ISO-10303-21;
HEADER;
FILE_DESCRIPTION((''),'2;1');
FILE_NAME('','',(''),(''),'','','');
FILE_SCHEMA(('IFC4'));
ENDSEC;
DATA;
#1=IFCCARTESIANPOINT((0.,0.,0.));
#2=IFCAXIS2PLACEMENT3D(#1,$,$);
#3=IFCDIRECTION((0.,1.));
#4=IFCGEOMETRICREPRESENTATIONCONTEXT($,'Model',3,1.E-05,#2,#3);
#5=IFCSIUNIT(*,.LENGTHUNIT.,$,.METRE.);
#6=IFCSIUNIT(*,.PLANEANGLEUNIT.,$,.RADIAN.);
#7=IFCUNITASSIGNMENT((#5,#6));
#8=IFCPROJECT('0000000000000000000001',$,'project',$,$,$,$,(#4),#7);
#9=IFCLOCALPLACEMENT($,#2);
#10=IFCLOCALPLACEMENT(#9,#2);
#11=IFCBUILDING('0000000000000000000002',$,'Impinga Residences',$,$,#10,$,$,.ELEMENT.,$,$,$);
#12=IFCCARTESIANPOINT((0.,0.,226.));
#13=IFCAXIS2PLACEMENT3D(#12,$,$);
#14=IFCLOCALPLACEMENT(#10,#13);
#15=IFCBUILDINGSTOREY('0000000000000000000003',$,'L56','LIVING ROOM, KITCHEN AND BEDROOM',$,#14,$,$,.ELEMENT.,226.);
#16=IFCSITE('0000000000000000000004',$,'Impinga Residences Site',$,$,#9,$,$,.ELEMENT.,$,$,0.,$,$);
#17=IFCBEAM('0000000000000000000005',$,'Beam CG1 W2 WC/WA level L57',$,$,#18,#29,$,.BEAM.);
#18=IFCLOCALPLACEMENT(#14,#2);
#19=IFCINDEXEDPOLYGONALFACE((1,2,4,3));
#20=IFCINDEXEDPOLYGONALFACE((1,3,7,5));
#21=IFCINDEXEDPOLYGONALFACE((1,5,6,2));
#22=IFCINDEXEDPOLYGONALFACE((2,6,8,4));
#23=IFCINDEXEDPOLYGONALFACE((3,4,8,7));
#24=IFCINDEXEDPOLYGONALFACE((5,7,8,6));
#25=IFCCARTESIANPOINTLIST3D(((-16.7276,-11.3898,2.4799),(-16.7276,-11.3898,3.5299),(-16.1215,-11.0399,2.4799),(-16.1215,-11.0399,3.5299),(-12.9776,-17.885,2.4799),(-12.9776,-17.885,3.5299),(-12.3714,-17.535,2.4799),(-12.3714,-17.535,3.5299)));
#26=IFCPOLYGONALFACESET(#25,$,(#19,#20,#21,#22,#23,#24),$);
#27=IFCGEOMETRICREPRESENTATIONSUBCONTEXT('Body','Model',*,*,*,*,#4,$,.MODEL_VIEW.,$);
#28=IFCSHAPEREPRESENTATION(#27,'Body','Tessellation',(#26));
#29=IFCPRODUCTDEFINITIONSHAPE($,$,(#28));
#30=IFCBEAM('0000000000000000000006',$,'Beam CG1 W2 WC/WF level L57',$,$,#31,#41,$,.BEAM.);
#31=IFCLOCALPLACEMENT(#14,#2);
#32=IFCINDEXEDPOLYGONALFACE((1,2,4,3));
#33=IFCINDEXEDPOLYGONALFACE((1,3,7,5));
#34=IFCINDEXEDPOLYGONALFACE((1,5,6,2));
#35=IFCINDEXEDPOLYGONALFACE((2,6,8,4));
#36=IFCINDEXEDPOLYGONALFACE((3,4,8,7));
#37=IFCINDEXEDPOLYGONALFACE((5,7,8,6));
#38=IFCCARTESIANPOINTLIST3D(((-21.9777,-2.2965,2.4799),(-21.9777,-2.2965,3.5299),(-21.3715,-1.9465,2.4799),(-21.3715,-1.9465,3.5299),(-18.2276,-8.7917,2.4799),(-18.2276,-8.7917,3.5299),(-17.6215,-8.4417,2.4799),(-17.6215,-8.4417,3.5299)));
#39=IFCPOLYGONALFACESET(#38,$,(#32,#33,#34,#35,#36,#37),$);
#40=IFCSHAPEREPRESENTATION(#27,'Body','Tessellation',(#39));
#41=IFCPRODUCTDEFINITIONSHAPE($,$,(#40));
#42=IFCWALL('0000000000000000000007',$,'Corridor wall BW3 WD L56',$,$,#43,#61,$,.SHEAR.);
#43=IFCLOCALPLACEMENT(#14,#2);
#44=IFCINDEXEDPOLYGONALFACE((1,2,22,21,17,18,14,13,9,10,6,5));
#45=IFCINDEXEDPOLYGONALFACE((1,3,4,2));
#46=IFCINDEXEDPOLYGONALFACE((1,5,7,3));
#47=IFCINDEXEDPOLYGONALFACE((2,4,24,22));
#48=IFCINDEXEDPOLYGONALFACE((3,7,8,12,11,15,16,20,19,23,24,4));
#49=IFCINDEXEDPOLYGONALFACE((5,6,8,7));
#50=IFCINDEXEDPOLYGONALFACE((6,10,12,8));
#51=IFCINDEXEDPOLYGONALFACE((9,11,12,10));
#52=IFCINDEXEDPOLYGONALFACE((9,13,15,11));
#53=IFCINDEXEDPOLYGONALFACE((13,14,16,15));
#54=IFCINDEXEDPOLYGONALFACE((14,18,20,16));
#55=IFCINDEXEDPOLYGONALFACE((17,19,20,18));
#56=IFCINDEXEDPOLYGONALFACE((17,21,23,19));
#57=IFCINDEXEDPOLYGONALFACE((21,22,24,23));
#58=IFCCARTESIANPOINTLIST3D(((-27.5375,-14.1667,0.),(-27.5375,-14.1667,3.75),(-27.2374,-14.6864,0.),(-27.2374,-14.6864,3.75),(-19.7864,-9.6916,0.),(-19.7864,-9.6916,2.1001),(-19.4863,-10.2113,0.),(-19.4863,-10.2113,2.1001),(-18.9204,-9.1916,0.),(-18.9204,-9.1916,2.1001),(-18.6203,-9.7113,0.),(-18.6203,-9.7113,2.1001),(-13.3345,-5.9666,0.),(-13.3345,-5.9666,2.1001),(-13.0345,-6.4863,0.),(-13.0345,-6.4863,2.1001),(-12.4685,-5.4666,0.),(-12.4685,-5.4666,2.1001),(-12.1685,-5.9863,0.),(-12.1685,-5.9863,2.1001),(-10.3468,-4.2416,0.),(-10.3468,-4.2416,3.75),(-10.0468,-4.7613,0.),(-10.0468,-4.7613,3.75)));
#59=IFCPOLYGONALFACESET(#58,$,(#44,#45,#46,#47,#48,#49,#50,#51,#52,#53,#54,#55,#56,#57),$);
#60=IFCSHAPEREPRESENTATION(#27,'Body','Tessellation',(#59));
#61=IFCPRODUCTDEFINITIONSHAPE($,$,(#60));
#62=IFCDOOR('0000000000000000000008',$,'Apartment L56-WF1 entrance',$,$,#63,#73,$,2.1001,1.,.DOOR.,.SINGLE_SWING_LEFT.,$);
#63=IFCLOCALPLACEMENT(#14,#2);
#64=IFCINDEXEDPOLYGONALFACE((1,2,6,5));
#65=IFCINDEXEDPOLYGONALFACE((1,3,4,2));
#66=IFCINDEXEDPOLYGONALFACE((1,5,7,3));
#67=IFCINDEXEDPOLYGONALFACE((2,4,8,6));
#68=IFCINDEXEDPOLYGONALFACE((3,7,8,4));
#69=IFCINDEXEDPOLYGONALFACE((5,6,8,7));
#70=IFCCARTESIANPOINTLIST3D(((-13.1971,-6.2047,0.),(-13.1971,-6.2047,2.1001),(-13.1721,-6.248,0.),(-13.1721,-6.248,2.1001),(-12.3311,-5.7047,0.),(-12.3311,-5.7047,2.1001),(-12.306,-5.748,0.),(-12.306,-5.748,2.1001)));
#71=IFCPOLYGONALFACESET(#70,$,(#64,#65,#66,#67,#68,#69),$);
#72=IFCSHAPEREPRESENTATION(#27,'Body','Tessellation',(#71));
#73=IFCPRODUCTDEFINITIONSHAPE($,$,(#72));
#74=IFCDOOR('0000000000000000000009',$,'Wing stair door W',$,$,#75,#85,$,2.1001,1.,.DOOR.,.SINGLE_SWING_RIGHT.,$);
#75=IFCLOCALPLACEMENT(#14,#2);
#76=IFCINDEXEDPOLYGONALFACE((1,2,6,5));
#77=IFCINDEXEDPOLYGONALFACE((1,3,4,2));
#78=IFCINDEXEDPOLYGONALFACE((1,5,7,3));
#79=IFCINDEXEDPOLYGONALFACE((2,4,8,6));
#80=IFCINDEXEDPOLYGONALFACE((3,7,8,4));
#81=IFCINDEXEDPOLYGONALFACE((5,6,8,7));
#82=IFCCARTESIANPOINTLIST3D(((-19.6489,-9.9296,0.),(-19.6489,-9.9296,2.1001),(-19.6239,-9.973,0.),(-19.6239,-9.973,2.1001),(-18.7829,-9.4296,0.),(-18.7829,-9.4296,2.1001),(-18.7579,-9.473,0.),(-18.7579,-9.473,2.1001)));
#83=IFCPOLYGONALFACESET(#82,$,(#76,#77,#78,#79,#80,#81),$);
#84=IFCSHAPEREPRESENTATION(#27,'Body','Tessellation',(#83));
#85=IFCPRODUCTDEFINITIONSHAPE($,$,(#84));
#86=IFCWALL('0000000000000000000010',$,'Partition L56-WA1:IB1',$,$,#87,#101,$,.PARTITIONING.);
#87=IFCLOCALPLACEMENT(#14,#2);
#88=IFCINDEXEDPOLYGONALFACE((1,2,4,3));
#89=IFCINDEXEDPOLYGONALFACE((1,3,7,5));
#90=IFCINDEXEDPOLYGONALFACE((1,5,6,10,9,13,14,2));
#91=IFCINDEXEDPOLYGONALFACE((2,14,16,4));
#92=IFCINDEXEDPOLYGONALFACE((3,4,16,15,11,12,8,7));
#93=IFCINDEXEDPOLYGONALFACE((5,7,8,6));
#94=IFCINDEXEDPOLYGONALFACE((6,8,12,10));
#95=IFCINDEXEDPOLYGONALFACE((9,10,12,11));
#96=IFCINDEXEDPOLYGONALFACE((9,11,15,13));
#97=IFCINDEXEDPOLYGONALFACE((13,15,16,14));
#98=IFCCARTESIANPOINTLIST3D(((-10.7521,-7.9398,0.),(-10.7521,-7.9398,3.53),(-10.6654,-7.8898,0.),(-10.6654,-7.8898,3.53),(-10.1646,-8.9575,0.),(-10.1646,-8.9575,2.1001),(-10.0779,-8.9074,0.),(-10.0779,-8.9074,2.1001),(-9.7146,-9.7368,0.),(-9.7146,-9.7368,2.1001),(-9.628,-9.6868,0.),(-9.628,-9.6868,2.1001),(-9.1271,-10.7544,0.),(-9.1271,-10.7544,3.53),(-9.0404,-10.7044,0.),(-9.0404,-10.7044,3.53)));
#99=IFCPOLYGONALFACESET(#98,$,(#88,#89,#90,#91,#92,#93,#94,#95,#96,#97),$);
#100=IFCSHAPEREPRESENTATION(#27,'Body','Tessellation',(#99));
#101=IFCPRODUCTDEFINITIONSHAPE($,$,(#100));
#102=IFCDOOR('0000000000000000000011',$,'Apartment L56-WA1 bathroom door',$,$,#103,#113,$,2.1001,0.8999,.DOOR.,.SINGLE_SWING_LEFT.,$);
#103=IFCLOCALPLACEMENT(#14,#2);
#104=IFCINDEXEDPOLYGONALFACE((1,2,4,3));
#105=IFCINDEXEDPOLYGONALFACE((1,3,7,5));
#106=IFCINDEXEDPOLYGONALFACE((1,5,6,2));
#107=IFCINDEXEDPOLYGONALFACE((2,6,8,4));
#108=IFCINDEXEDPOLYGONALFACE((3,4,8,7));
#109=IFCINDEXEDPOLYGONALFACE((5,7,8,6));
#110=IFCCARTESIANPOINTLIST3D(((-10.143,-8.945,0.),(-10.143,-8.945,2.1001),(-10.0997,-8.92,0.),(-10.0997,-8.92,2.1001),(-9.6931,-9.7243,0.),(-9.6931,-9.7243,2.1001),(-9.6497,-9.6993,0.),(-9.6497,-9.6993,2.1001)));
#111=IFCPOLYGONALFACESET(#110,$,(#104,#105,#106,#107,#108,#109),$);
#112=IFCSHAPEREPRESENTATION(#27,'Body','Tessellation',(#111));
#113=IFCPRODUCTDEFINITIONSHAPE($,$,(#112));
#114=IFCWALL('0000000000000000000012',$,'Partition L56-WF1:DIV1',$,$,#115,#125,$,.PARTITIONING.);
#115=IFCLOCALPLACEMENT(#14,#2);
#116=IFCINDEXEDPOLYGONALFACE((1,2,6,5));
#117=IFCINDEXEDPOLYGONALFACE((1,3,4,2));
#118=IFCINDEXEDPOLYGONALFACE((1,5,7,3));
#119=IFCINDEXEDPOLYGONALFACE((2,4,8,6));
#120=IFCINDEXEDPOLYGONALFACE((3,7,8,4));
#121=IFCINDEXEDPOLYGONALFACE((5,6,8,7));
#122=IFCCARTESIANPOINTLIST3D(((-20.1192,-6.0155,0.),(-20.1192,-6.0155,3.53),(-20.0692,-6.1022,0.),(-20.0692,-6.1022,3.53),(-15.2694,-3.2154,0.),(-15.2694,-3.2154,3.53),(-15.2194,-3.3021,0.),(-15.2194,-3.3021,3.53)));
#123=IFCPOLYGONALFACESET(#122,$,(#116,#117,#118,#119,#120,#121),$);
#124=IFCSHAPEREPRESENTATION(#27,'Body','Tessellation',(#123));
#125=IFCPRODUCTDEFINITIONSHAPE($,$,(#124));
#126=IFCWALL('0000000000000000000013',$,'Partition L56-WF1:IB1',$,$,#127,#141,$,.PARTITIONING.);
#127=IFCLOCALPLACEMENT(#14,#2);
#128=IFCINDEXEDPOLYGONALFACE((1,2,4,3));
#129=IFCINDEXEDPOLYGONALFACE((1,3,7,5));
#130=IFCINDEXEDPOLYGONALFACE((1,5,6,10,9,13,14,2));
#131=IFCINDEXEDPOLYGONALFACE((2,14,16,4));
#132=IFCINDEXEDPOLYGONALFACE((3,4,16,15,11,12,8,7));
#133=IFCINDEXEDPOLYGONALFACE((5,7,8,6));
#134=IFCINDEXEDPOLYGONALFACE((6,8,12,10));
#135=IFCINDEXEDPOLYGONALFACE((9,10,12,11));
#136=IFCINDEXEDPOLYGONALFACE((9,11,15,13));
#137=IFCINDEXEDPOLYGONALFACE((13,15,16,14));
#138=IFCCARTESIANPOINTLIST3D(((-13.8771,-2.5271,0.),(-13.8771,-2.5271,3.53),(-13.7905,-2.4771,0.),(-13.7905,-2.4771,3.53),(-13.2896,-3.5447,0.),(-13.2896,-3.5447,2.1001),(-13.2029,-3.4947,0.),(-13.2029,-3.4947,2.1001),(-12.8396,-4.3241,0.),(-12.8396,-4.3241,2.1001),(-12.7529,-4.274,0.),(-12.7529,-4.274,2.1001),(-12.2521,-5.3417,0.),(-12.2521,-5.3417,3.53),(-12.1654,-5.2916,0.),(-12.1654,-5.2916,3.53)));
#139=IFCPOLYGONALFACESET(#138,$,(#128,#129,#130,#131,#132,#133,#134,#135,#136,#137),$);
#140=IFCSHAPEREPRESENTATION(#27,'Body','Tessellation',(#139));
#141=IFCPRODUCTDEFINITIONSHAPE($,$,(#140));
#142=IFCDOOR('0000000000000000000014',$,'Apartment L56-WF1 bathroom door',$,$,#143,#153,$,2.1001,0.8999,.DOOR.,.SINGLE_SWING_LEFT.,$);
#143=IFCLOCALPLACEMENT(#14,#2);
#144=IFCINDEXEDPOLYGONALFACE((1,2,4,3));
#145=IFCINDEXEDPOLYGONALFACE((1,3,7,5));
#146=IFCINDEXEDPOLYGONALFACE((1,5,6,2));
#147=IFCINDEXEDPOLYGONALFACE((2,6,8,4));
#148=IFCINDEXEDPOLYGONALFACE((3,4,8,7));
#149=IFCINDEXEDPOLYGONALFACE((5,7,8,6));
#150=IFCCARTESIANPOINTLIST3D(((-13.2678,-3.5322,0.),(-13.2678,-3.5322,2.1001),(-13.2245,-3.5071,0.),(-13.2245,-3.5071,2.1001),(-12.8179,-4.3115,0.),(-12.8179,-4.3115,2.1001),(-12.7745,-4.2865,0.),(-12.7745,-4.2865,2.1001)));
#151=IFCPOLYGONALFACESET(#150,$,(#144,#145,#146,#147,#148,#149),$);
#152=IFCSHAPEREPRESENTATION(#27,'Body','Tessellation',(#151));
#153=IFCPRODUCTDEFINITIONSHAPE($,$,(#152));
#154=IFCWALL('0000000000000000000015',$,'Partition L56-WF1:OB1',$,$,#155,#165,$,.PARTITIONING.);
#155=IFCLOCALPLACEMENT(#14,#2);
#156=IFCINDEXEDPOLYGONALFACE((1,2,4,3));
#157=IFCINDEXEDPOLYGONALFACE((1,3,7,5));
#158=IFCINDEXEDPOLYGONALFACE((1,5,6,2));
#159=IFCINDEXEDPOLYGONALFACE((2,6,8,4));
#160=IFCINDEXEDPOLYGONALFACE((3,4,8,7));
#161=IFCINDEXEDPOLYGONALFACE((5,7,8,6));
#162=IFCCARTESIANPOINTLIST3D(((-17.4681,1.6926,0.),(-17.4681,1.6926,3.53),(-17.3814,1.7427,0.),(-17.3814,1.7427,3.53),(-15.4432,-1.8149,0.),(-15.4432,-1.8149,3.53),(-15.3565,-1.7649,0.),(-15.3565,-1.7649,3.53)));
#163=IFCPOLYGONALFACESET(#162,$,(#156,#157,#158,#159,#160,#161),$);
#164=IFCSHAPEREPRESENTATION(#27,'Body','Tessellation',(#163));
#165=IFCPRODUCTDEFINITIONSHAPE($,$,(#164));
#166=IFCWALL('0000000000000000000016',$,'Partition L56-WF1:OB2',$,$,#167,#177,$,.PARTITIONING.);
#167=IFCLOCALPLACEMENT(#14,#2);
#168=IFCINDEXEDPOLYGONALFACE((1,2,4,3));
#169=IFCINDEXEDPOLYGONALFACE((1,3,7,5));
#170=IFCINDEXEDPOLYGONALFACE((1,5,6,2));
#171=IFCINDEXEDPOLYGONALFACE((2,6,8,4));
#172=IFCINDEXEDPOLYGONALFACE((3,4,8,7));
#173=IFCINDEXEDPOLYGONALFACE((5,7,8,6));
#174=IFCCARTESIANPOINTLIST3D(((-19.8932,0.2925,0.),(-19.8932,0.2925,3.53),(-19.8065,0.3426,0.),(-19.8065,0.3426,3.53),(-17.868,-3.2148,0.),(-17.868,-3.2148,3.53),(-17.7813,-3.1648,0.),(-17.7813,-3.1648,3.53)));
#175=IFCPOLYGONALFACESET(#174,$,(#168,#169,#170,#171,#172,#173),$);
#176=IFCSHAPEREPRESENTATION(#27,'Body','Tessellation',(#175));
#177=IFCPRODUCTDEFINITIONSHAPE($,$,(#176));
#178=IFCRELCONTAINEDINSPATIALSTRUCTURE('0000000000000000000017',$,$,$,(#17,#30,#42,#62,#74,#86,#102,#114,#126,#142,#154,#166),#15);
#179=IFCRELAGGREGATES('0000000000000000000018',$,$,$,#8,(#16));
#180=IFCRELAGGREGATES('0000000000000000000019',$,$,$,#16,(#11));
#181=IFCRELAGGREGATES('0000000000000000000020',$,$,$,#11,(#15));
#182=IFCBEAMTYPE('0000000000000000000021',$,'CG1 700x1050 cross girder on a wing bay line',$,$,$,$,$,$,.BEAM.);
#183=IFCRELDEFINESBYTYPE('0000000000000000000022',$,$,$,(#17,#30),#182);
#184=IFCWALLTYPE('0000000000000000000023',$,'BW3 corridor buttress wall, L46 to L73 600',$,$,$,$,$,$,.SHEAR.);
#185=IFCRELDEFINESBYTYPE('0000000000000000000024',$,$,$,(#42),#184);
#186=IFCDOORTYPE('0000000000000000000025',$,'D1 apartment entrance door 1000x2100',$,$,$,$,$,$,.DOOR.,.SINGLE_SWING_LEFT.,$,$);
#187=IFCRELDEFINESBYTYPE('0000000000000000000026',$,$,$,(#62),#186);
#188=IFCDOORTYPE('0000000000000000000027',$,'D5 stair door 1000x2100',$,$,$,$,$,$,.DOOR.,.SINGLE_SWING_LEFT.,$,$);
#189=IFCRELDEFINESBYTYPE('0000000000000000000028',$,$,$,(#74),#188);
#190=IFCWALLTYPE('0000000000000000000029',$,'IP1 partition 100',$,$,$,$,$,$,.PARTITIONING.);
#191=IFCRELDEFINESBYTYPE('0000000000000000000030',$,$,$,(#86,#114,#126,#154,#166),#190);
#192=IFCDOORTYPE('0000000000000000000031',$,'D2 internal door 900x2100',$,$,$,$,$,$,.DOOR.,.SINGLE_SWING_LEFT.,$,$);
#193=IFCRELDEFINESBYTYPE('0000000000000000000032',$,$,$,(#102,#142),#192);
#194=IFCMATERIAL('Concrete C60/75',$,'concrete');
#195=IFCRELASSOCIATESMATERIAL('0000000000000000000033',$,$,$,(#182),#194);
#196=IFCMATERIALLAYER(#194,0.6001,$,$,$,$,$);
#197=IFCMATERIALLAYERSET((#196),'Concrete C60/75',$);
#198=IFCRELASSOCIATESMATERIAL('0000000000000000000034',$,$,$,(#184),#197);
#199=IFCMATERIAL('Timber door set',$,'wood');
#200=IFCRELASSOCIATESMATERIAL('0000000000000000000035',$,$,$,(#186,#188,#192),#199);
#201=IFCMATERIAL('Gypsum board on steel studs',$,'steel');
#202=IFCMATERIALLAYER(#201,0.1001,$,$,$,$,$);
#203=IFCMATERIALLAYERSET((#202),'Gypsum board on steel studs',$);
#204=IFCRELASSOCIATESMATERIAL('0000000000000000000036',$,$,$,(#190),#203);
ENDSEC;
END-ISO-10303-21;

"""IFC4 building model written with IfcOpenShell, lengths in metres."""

from ifc_helpers import new_model, si_unit, direction, frame, frame_2d, origin, origin_2d, place, context, subcontext, project, spatial, rectangle, extrude, material, layer, layer_set, material_profile, profile_set, type_object, element, fill, save


model = new_model("IFC4")

# Units and contexts
model_context = context("Model", 3, precision=1e-05, world=origin(), true_north=direction((0.0, 1.0)))
body_context = subcontext(model_context, "Body", "Model", "MODEL_VIEW")
ifc_project = project(units=[si_unit("LENGTHUNIT", "METRE"), si_unit("PLANEANGLEUNIT", "RADIAN")], contexts=[model_context])

# Site, building, storey
site_placement = place(None, origin())
site = spatial("IfcSite", under=ifc_project, at=site_placement, Name="Impinga Residences Site", CompositionType="ELEMENT", RefElevation=0.0)
building_placement = place(site_placement, origin())
building = spatial("IfcBuilding", under=site, at=building_placement, Name="Impinga Residences", CompositionType="ELEMENT")
storey_placement = place(building_placement, frame((0.0, 0.0, 226.0)))
storey = spatial("IfcBuildingStorey", under=building, at=storey_placement, Name="L56", Description="LIVING ROOM, KITCHEN AND BEDROOM", CompositionType="ELEMENT", Elevation=226.0)

# Beams
ifc_material_1 = material(Name="Concrete C60/75", Category="concrete")
ifc_material_profile = material_profile(ifc_material_1, rectangle(XDim=0.7, YDim=1.05, at=origin_2d()), Name="RC 700x1050")
ifc_profile_set = profile_set([ifc_material_profile], Name="Concrete C60/75")
beam_type = type_object("IfcBeamType", Name="CG1 700x1050 cross girder on a wing bay line", PredefinedType="BEAM", material=ifc_profile_set)
for number, where, z_axis, x_axis, name in (
    (1, (-16.4246, -11.2148, 3.0049), (0.500004, -0.866023, 0.0), (0.866023, 0.500004, 0.0), "Beam CG1 W2 WC/WA level L57"),
    (2, (-17.9246, -8.6167, 3.0049), (-0.500004, 0.866023, 0.0), (-0.866023, -0.500004, 0.0), "Beam CG1 W2 WC/WF level L57"),
):
    element("IfcBeam", number, at=place(storey_placement, frame(where, z_axis=z_axis, x_axis=x_axis)), inside=storey, type_object=beam_type, Name=name, PredefinedType="BEAM", context=body_context, shape_type="SweptSolid", body=[
        extrude(rectangle(XDim=0.7, YDim=1.05, at=origin_2d()), origin(), (0.0, 0.0, 1.0), 7.5),
    ])

# Wall, openings, doors
ifc_layer_1 = layer(ifc_material_1, 0.6001)
ifc_layer_set_1 = layer_set([ifc_layer_1], Name="Concrete C60/75")
wall_type_1 = type_object("IfcWallType", Name="BW3 corridor buttress wall, L46 to L73 600", PredefinedType="SHEAR", material=ifc_layer_set_1)
wall_1_placement = place(storey_placement, frame((-10.1968, -4.5015, 0.0), z_axis=(0.0, 0.0, 1.0), x_axis=(-0.866025, -0.5, 0.0)))
wall_1 = element("IfcWall", 3, at=wall_1_placement, inside=storey, type_object=wall_type_1, Name="Corridor wall BW3 WD L56", PredefinedType="SHEAR", context=body_context, shape_type="SweptSolid", body=[
    extrude(rectangle(XDim=19.8501, YDim=0.6001, at=frame_2d((9.925, 0.0))), origin(), (0.0, 0.0, 1.0), 3.75),
])
opening_1_placement = place(wall_1_placement, frame((9.8999, 0.0, 0.0)))
opening_1 = element("IfcOpeningElement", 4, at=opening_1_placement, cuts=wall_1, PredefinedType="OPENING", context=body_context, shape_type="SweptSolid", body=[
    extrude(rectangle(XDim=1.0, YDim=2.1001, at=frame_2d((0.5, 1.05))), frame((0.0, 0.3101, 0.0), z_axis=(0.0, -1.0, 0.0), x_axis=(1.0, 0.0, 0.0)), (0.0, 0.0, 1.0), 0.6201),
])
opening_2_placement = place(wall_1_placement, frame((2.45, 0.0, 0.0)))
opening_2 = element("IfcOpeningElement", 5, at=opening_2_placement, cuts=wall_1, PredefinedType="OPENING", context=body_context, shape_type="SweptSolid", body=[
    extrude(rectangle(XDim=1.0, YDim=2.1001, at=frame_2d((0.5, 1.05))), frame((0.0, 0.3101, 0.0), z_axis=(0.0, -1.0, 0.0), x_axis=(1.0, 0.0, 0.0)), (0.0, 0.0, 1.0), 0.6201),
])
ifc_material_2 = material(Name="Timber door set", Category="wood")
door_type_1 = type_object("IfcDoorType", Name="D1 apartment entrance door 1000x2100", OperationType="SINGLE_SWING_LEFT", PredefinedType="DOOR", material=ifc_material_2)
door_1_placement = place(opening_2_placement, origin())
door_1 = element("IfcDoor", 6, at=door_1_placement, inside=storey, type_object=door_type_1, Name="Apartment L56-WF1 entrance", OperationType="SINGLE_SWING_LEFT", OverallHeight=2.1001, OverallWidth=1.0, PredefinedType="DOOR", context=body_context, shape_type="SweptSolid", body=[
    extrude(rectangle(XDim=1.0, YDim=2.1001, at=frame_2d((0.5, 1.05))), frame((0.0, 0.0249, 0.0), z_axis=(0.0, -1.0, 0.0), x_axis=(1.0, 0.0, 0.0)), (0.0, 0.0, 1.0), 0.05),
])
fill(opening_2, door_1)
door_type_2 = type_object("IfcDoorType", Name="D5 stair door 1000x2100", OperationType="SINGLE_SWING_LEFT", PredefinedType="DOOR", material=ifc_material_2)
door_2_placement = place(opening_1_placement, origin())
door_2 = element("IfcDoor", 7, at=door_2_placement, inside=storey, type_object=door_type_2, Name="Wing stair door W", OperationType="SINGLE_SWING_RIGHT", OverallHeight=2.1001, OverallWidth=1.0, PredefinedType="DOOR", context=body_context, shape_type="SweptSolid", body=[
    extrude(rectangle(XDim=1.0, YDim=2.1001, at=frame_2d((0.5, 1.05))), frame((0.0, 0.0249, 0.0), z_axis=(0.0, -1.0, 0.0), x_axis=(1.0, 0.0, 0.0)), (0.0, 0.0, 1.0), 0.05),
])
fill(opening_1, door_2)

# Wall, opening, door
ifc_material_3 = material(Name="Gypsum board on steel studs", Category="steel")
ifc_layer_2 = layer(ifc_material_3, 0.1001)
ifc_layer_set_2 = layer_set([ifc_layer_2], Name="Gypsum board on steel studs")
wall_type_2 = type_object("IfcWallType", Name="IP1 partition 100", PredefinedType="PARTITIONING", material=ifc_layer_set_2)
wall_2_placement = place(storey_placement, frame((-10.7087, -7.9148, 0.0), z_axis=(0.0, 0.0, 1.0), x_axis=(0.499985, -0.866034, 0.0)))
wall_2 = element("IfcWall", 8, at=wall_2_placement, inside=storey, type_object=wall_type_2, Name="Partition L56-WA1:IB1", PredefinedType="PARTITIONING", context=body_context, shape_type="SweptSolid", body=[
    extrude(rectangle(XDim=3.25, YDim=0.1001, at=frame_2d((1.625, 0.0))), origin(), (0.0, 0.0, 1.0), 3.53),
])
opening_3_placement = place(wall_2_placement, frame((1.175, 0.0, 0.0)))
opening_3 = element("IfcOpeningElement", 9, at=opening_3_placement, cuts=wall_2, PredefinedType="OPENING", context=body_context, shape_type="SweptSolid", body=[
    extrude(rectangle(XDim=0.8999, YDim=2.1001, at=frame_2d((0.45, 1.05))), frame((0.0, 0.0601, 0.0), z_axis=(0.0, -1.0, 0.0), x_axis=(1.0, 0.0, 0.0)), (0.0, 0.0, 1.0), 0.1201),
])
door_type_3 = type_object("IfcDoorType", Name="D2 internal door 900x2100", OperationType="SINGLE_SWING_LEFT", PredefinedType="DOOR", material=ifc_material_2)
door_3_placement = place(opening_3_placement, origin())
door_3 = element("IfcDoor", 10, at=door_3_placement, inside=storey, type_object=door_type_3, Name="Apartment L56-WA1 bathroom door", OperationType="SINGLE_SWING_LEFT", OverallHeight=2.1001, OverallWidth=0.8999, PredefinedType="DOOR", context=body_context, shape_type="SweptSolid", body=[
    extrude(rectangle(XDim=0.8999, YDim=2.1001, at=frame_2d((0.45, 1.05))), frame((0.0, 0.0249, 0.0), z_axis=(0.0, -1.0, 0.0), x_axis=(1.0, 0.0, 0.0)), (0.0, 0.0, 1.0), 0.05),
])
fill(opening_3, door_3)

# Wall
wall_3_placement = place(storey_placement, frame((-15.2444, -3.2588, 0.0), z_axis=(0.0, 0.0, 1.0), x_axis=(-0.866027, -0.499998, 0.0)))
element("IfcWall", 11, at=wall_3_placement, inside=storey, type_object=wall_type_2, Name="Partition L56-WF1:DIV1", PredefinedType="PARTITIONING", context=body_context, shape_type="SweptSolid", body=[
    extrude(rectangle(XDim=5.6001, YDim=0.1001, at=frame_2d((2.8, 0.0))), origin(), (0.0, 0.0, 1.0), 3.53),
])

# Wall, opening, door
wall_4_placement = place(storey_placement, frame((-12.2087, -5.3167, 0.0), z_axis=(0.0, 0.0, 1.0), x_axis=(-0.500017, 0.866015, 0.0)))
wall_4 = element("IfcWall", 12, at=wall_4_placement, inside=storey, type_object=wall_type_2, Name="Partition L56-WF1:IB1", PredefinedType="PARTITIONING", context=body_context, shape_type="SweptSolid", body=[
    extrude(rectangle(XDim=3.25, YDim=0.1001, at=frame_2d((1.625, 0.0))), origin(), (0.0, 0.0, 1.0), 3.53),
])
opening_4_placement = place(wall_4_placement, frame((1.175, 0.0, 0.0)))
opening_4 = element("IfcOpeningElement", 13, at=opening_4_placement, cuts=wall_4, PredefinedType="OPENING", context=body_context, shape_type="SweptSolid", body=[
    extrude(rectangle(XDim=0.8999, YDim=2.1001, at=frame_2d((0.45, 1.05))), frame((0.0, 0.0601, 0.0), z_axis=(0.0, -1.0, 0.0), x_axis=(1.0, 0.0, 0.0)), (0.0, 0.0, 1.0), 0.1201),
])
door_4_placement = place(opening_4_placement, origin())
door_4 = element("IfcDoor", 14, at=door_4_placement, inside=storey, type_object=door_type_3, Name="Apartment L56-WF1 bathroom door", OperationType="SINGLE_SWING_LEFT", OverallHeight=2.1001, OverallWidth=0.8999, PredefinedType="DOOR", context=body_context, shape_type="SweptSolid", body=[
    extrude(rectangle(XDim=0.8999, YDim=2.1001, at=frame_2d((0.45, 1.05))), frame((0.0, 0.0249, 0.0), z_axis=(0.0, -1.0, 0.0), x_axis=(1.0, 0.0, 0.0)), (0.0, 0.0, 1.0), 0.05),
])
fill(opening_4, door_4)

# Walls
for number, where, z_axis, x_axis, name in (
    (15, (-15.3999, -1.7898, 0.0), (0.0, 0.0, 1.0), (-0.499964, 0.866046, 0.0), "Partition L56-WF1:OB1"),
    (16, (-17.8247, -3.1897, 0.0), (0.0, 0.0, 1.0), (-0.500036, 0.866005, 0.0), "Partition L56-WF1:OB2"),
):
    element("IfcWall", number, at=place(storey_placement, frame(where, z_axis=z_axis, x_axis=x_axis)), inside=storey, type_object=wall_type_2, Name=name, PredefinedType="PARTITIONING", context=body_context, shape_type="SweptSolid", body=[
        extrude(rectangle(XDim=4.05, YDim=0.1001, at=frame_2d((2.0249, 0.0))), origin(), (0.0, 0.0, 1.0), 3.53),
    ])

save(model, "model.ifc")
